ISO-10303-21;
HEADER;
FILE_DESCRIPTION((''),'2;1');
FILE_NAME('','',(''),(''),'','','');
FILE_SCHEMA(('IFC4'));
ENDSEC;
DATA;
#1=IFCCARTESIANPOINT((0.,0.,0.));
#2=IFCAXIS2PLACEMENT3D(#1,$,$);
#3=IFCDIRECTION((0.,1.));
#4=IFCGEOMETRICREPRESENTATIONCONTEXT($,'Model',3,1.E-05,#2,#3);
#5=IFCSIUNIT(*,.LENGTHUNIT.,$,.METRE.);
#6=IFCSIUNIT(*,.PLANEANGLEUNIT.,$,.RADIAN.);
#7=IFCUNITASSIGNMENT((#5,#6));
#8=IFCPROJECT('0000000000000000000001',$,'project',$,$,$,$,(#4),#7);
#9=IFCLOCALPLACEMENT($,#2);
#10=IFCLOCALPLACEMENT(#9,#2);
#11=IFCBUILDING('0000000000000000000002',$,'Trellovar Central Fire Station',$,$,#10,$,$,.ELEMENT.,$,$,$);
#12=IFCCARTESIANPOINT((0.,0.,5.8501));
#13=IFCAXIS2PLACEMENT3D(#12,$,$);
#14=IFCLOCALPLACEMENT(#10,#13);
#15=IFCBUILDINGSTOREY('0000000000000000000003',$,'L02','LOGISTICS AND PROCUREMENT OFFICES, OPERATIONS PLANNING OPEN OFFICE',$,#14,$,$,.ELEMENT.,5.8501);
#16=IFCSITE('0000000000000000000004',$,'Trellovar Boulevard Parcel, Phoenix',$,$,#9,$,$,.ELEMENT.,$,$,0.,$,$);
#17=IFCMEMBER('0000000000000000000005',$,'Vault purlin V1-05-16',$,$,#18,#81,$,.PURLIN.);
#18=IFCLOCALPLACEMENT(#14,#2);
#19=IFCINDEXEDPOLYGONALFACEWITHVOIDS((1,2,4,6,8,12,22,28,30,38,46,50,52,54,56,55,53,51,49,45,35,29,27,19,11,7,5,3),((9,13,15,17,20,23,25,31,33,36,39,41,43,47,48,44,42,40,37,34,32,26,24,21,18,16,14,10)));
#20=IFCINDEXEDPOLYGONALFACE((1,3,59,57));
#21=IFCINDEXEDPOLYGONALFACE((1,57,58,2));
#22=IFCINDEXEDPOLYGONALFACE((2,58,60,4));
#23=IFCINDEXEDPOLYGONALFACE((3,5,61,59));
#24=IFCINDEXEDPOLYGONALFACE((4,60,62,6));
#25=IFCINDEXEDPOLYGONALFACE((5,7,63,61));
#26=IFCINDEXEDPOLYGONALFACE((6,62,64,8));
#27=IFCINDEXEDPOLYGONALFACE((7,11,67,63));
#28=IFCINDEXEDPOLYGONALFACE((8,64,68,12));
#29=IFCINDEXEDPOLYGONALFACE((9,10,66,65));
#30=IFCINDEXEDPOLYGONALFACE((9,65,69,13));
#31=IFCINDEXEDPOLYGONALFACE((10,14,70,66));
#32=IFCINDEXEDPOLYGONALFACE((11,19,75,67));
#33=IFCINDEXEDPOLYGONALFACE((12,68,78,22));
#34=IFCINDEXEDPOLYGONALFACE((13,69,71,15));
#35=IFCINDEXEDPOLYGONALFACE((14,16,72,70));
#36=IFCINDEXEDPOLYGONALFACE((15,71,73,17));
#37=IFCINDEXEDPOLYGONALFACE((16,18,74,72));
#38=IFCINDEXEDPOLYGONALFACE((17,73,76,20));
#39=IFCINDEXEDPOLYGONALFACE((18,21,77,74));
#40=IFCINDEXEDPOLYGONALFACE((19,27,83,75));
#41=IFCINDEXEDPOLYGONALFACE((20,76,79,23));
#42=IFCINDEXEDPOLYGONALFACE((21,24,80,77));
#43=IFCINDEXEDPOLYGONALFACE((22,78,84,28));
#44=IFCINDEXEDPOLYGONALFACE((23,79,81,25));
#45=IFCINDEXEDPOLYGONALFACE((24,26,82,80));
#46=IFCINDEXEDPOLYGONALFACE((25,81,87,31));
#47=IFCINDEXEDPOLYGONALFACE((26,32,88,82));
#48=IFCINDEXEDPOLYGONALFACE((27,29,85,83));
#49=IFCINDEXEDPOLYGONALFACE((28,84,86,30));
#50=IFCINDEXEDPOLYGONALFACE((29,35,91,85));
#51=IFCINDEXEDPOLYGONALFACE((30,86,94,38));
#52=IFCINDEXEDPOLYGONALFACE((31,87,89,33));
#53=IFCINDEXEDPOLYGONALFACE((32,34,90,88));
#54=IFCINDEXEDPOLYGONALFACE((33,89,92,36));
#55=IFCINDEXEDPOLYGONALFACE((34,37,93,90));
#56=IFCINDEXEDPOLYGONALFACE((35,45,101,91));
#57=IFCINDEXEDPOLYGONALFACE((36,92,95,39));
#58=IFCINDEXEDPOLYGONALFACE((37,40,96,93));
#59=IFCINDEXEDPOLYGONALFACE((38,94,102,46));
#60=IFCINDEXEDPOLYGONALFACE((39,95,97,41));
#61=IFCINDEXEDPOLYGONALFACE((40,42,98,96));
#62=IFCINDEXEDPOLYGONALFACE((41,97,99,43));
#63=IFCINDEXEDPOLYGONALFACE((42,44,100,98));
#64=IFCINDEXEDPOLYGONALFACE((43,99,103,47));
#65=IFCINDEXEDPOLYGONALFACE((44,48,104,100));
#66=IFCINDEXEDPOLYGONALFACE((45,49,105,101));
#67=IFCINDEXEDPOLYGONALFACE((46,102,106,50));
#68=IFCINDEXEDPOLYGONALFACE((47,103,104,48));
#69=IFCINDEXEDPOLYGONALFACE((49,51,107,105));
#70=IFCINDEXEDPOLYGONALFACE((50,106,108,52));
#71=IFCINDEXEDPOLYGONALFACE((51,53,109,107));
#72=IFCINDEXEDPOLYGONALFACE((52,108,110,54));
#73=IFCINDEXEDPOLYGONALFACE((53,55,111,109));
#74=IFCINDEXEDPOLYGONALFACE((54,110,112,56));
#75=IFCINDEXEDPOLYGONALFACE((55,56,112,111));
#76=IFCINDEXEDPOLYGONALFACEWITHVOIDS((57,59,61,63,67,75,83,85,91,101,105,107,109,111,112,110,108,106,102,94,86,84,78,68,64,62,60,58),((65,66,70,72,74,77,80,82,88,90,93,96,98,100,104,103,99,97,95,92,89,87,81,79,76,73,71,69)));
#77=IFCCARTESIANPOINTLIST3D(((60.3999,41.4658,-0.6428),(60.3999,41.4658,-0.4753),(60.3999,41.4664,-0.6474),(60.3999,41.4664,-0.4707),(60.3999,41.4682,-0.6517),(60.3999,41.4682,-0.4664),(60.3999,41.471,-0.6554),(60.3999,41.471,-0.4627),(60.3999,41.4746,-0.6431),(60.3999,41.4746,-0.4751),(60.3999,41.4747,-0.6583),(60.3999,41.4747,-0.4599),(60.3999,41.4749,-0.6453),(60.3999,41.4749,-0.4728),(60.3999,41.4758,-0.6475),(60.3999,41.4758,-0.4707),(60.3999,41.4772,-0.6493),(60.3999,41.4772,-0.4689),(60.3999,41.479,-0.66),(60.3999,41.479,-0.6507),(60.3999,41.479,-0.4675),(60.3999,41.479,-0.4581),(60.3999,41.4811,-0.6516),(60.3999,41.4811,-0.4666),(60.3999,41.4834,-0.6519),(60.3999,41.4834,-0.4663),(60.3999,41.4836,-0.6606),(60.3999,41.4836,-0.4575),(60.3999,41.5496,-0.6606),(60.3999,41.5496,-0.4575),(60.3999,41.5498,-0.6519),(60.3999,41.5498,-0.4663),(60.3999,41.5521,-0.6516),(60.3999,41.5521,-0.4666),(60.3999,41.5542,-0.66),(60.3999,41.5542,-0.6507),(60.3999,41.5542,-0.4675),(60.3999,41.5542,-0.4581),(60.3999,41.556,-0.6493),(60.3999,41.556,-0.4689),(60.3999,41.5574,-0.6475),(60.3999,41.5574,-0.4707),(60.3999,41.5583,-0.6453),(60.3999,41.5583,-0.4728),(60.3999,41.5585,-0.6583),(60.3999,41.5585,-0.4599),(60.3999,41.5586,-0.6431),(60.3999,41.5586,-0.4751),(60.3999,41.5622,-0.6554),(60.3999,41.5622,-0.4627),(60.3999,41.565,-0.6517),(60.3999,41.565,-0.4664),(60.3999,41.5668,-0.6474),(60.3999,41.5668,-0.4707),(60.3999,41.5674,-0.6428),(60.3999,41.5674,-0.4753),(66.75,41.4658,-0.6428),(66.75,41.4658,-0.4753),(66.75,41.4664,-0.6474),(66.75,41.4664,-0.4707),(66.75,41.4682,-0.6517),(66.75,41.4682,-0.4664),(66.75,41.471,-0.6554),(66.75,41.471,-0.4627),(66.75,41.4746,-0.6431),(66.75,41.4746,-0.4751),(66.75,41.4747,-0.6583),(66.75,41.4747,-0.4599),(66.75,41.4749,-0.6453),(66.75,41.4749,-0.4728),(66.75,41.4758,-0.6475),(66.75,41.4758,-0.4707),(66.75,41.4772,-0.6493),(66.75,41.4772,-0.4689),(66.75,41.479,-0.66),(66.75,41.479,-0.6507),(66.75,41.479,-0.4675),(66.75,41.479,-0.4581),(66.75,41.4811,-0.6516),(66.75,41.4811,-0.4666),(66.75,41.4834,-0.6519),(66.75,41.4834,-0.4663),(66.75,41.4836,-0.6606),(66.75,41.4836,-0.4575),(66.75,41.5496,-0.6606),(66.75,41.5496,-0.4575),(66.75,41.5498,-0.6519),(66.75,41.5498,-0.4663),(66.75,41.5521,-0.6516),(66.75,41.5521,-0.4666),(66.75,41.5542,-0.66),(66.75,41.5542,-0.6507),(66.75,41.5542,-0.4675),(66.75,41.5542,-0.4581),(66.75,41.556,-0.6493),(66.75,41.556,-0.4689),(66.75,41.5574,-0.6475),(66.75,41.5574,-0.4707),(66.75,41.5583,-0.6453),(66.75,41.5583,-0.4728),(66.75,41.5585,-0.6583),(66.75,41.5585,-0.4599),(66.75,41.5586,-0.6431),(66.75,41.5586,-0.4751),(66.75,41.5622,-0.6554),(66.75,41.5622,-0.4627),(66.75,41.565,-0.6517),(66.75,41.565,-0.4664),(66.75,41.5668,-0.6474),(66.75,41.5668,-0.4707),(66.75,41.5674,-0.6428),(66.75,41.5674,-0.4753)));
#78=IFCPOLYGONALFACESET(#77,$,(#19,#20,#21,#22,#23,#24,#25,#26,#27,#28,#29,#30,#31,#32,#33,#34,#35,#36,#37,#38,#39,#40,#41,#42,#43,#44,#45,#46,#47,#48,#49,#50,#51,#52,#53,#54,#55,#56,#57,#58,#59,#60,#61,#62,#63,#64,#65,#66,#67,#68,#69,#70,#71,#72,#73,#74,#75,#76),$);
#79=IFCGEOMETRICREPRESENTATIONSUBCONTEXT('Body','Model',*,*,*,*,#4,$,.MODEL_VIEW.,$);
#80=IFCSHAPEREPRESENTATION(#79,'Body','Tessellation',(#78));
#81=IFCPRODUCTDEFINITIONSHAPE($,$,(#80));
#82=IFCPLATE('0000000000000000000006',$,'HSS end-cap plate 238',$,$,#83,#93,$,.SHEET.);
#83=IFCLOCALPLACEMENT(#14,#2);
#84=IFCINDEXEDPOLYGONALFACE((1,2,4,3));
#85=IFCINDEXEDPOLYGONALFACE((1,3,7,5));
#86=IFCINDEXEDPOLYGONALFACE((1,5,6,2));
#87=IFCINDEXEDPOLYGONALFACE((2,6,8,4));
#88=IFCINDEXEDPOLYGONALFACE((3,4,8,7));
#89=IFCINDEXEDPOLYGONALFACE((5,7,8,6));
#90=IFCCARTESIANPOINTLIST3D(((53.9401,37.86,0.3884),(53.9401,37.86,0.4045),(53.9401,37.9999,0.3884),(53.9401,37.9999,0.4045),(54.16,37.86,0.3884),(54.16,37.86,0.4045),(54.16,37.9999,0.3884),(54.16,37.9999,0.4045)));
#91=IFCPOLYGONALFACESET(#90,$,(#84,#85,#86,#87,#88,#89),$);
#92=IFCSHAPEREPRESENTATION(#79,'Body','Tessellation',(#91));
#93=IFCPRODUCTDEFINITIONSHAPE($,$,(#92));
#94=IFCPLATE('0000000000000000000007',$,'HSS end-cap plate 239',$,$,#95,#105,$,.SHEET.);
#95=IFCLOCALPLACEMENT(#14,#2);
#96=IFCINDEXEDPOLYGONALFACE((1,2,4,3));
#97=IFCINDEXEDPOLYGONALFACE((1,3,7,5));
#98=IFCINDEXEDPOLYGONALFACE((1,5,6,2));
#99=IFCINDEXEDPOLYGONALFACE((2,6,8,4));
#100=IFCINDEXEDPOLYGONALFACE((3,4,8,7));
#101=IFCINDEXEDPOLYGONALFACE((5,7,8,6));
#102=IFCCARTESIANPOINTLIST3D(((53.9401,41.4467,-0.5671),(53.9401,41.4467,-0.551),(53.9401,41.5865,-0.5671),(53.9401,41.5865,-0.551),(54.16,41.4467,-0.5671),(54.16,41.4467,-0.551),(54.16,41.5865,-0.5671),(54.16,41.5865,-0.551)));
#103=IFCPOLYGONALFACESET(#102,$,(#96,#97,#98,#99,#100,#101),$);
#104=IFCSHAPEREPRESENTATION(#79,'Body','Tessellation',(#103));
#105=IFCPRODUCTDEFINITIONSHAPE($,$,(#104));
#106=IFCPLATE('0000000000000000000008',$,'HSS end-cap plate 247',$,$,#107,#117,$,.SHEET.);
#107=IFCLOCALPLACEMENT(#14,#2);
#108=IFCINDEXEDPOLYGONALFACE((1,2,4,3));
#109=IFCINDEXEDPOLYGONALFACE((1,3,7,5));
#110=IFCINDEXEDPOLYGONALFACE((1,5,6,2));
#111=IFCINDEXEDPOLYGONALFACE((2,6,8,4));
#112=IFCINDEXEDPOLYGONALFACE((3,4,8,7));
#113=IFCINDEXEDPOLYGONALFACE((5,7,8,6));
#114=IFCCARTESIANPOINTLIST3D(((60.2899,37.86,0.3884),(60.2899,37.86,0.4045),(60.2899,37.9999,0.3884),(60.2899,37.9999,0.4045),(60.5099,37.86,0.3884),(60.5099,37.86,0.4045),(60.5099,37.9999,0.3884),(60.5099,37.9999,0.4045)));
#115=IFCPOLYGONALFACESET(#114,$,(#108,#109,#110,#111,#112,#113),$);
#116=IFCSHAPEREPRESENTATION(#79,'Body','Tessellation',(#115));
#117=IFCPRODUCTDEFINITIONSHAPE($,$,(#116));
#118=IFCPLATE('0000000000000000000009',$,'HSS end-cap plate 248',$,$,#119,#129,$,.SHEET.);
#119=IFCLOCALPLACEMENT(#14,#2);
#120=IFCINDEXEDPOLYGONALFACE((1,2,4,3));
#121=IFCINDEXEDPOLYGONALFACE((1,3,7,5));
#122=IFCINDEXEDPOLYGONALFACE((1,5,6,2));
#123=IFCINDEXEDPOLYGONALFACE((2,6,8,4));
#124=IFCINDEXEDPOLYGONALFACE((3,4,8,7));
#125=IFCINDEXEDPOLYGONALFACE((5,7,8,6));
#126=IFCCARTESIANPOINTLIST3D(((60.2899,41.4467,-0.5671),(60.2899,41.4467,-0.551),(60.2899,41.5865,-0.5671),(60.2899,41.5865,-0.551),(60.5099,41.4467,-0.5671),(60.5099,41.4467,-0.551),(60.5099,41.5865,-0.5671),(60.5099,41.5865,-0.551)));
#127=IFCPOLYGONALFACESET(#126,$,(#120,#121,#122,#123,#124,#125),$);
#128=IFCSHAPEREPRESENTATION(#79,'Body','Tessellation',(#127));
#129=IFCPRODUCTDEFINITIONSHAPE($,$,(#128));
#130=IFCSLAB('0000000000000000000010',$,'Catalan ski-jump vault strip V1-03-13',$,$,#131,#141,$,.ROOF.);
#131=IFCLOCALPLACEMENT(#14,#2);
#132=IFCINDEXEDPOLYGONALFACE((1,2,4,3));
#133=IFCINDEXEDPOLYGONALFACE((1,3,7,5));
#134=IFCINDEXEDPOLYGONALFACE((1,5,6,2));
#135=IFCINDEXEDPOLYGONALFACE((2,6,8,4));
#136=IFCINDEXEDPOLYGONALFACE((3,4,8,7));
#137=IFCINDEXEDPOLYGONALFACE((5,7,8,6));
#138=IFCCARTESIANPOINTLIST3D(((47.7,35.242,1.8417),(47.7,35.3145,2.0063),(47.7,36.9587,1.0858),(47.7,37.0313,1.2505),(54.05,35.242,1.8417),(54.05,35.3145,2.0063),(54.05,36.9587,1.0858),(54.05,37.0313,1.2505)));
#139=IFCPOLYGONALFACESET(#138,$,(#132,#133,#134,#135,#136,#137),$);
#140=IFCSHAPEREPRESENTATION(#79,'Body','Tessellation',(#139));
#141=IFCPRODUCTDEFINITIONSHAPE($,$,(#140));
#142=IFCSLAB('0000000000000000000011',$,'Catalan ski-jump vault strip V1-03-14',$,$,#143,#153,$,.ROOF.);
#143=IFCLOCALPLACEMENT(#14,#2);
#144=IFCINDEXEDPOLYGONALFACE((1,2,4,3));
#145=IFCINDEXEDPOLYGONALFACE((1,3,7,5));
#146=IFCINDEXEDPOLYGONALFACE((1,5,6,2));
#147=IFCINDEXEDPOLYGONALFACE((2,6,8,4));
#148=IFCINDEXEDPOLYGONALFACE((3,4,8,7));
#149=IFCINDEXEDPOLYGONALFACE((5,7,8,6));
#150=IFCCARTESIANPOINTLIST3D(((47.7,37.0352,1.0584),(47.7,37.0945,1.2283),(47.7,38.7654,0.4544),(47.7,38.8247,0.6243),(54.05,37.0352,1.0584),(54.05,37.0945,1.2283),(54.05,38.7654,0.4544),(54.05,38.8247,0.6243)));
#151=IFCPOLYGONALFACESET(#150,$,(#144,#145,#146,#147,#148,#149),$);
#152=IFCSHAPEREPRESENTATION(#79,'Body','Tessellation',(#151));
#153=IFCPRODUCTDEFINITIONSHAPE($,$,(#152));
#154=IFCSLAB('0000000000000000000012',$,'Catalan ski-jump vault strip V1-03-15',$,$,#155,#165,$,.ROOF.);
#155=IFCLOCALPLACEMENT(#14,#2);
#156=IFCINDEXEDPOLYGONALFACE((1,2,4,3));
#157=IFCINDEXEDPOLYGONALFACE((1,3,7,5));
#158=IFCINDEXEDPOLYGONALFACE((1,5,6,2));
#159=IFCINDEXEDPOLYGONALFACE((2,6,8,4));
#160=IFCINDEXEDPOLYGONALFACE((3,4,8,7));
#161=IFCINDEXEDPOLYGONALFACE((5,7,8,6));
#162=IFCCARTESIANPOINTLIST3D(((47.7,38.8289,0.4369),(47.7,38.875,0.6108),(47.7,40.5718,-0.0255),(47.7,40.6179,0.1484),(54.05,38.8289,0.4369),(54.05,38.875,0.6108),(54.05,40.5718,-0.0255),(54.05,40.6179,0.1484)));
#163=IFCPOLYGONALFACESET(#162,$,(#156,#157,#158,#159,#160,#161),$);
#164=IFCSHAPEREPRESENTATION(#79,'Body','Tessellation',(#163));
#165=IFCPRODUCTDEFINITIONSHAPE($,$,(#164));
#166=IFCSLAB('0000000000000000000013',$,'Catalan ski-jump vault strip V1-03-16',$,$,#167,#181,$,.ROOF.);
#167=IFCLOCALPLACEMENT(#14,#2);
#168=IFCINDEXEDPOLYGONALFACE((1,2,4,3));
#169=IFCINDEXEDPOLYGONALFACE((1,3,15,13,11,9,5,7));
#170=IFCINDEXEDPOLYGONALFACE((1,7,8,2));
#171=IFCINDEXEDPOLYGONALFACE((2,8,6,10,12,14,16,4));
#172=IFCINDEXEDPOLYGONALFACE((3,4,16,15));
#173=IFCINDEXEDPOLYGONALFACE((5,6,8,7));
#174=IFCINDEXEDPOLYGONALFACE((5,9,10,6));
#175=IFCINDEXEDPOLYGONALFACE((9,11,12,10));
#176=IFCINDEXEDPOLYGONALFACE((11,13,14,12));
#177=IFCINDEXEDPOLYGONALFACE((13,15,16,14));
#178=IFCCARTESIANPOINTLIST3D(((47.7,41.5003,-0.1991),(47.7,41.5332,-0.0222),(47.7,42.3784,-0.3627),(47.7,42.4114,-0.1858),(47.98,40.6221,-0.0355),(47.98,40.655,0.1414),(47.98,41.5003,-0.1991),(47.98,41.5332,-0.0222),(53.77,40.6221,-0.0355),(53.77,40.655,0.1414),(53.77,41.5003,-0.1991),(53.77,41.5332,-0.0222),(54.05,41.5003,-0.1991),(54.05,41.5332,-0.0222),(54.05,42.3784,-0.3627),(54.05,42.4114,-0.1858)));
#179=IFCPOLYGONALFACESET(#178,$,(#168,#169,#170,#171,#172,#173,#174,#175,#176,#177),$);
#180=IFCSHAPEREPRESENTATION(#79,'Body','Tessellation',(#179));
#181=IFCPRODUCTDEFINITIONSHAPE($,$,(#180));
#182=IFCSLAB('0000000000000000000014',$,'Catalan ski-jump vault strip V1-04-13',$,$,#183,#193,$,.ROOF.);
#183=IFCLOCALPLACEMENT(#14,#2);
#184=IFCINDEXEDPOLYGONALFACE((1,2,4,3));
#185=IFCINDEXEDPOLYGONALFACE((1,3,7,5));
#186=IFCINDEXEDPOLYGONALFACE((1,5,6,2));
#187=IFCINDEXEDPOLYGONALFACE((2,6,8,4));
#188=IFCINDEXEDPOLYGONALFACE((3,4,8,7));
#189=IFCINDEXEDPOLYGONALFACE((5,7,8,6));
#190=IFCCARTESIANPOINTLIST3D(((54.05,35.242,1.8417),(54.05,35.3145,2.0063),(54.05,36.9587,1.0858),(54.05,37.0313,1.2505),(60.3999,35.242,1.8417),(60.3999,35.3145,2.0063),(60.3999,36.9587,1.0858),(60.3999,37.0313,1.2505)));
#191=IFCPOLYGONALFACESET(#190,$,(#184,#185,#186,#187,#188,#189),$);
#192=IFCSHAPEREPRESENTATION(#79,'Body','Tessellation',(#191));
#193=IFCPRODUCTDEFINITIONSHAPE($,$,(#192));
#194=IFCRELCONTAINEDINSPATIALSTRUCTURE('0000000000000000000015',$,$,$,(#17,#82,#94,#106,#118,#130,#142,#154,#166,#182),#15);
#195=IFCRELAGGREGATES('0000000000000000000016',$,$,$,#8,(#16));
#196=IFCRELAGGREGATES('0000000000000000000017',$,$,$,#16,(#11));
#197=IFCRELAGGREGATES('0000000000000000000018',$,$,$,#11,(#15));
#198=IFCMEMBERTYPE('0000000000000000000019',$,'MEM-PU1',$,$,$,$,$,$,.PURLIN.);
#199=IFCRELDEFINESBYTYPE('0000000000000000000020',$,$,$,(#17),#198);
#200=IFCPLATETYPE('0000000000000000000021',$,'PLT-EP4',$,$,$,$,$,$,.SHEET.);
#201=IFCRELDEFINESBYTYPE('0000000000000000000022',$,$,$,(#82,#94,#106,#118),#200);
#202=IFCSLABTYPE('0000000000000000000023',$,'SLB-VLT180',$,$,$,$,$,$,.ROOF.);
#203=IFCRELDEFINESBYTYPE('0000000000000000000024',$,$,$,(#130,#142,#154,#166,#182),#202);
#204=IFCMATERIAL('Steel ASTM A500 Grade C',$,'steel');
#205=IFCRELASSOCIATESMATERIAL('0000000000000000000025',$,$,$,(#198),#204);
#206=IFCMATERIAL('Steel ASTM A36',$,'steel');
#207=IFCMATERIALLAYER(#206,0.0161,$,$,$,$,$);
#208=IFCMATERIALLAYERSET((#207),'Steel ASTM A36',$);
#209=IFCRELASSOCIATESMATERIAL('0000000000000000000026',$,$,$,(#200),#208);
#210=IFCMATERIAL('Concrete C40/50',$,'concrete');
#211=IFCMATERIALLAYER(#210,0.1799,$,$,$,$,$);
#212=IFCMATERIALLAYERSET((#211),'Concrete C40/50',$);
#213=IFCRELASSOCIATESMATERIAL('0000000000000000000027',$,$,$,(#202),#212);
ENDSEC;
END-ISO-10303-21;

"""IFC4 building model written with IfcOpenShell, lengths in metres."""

from ifc_helpers import new_model, si_unit, direction, frame, origin, origin_2d, place, context, subcontext, project, spatial, polyline, rectangle, hollow_rectangle, outline, extrude, material, layer, layer_set, material_profile, profile_set, type_object, element, save


model = new_model("IFC4")

# Units and contexts
model_context = context("Model", 3, precision=1e-05, world=origin(), true_north=direction((0.0, 1.0)))
body_context = subcontext(model_context, "Body", "Model", "MODEL_VIEW")
ifc_project = project(units=[si_unit("LENGTHUNIT", "METRE"), si_unit("PLANEANGLEUNIT", "RADIAN")], contexts=[model_context])

# Site, building, storey
site_placement = place(None, origin())
site = spatial("IfcSite", under=ifc_project, at=site_placement, Name="Trellovar Boulevard Parcel, Phoenix", CompositionType="ELEMENT", RefElevation=0.0)
building_placement = place(site_placement, origin())
building = spatial("IfcBuilding", under=site, at=building_placement, Name="Trellovar Central Fire Station", CompositionType="ELEMENT")
storey_placement = place(building_placement, frame((0.0, 0.0, 5.8501)))
storey = spatial("IfcBuildingStorey", under=building, at=storey_placement, Name="L02", Description="LOGISTICS AND PROCUREMENT OFFICES, OPERATIONS PLANNING OPEN OFFICE", CompositionType="ELEMENT", Elevation=5.8501)

# Member
ifc_material_1 = material(Name="Steel ASTM A500 Grade C", Category="steel")
ifc_material_profile_1 = material_profile(ifc_material_1, hollow_rectangle(XDim=0.1016, YDim=0.2031, WallThickness=0.0088, InnerFilletRadius=0.0088, OuterFilletRadius=0.0178, at=origin_2d()), Name="HSS8X4X3/8")
ifc_profile_set_1 = profile_set([ifc_material_profile_1], Name="Steel ASTM A500 Grade C")
member_type_1 = type_object("IfcMemberType", Name="MEM-PU1", PredefinedType="PURLIN", material=ifc_profile_set_1)
for number, where, z_axis, x_axis, name in (
    (1, (60.3999, 41.5166, -0.5591), (1.0, 0.0, 0.0), (0.0, 1.0, 0.0), "Vault purlin V1-05-16"),
):
    element("IfcMember", number, at=place(storey_placement, frame(where, z_axis=z_axis, x_axis=x_axis)), inside=storey, type_object=member_type_1, Name=name, PredefinedType="PURLIN", context=body_context, shape_type="SweptSolid", body=[
        extrude(hollow_rectangle(XDim=0.1016, YDim=0.2031, WallThickness=0.0088, InnerFilletRadius=0.0088, OuterFilletRadius=0.0178, at=origin_2d()), origin(), (0.0, 0.0, 1.0), 6.3501),
    ])

# Plates
ifc_material_2 = material(Name="Steel ASTM A36", Category="steel")
ifc_layer_1 = layer(ifc_material_2, 0.0161)
ifc_layer_set_1 = layer_set([ifc_layer_1], Name="Steel ASTM A36")
plate_type = type_object("IfcPlateType", Name="PLT-EP4", PredefinedType="SHEET", material=ifc_layer_set_1)
for number, where, z_axis, x_axis, name in (
    (2, (54.05, 37.9299, 0.3884), (0.0, 0.0, 1.0), (1.0, 0.0, 0.0), "HSS end-cap plate 238"),
    (3, (54.05, 41.5166, -0.5671), (0.0, 0.0, 1.0), (1.0, 0.0, 0.0), "HSS end-cap plate 239"),
    (4, (60.3999, 37.9299, 0.3884), (0.0, 0.0, 1.0), (1.0, 0.0, 0.0), "HSS end-cap plate 247"),
    (5, (60.3999, 41.5166, -0.5671), (0.0, 0.0, 1.0), (1.0, 0.0, 0.0), "HSS end-cap plate 248"),
):
    element("IfcPlate", number, at=place(storey_placement, frame(where, z_axis=z_axis, x_axis=x_axis)), inside=storey, type_object=plate_type, Name=name, PredefinedType="SHEET", context=body_context, shape_type="SweptSolid", body=[
        extrude(rectangle(XDim=0.22, YDim=0.1399, at=origin_2d()), origin(), (0.0, 0.0, 1.0), 0.0161),
    ])

# Slabs
ifc_material_3 = material(Name="Concrete C40/50", Category="concrete")
ifc_layer_2 = layer(ifc_material_3, 0.1799)
ifc_layer_set_2 = layer_set([ifc_layer_2], Name="Concrete C40/50")
slab_type = type_object("IfcSlabType", Name="SLB-VLT180", PredefinedType="ROOF", material=ifc_layer_set_2)
slab_1_placement = place(storey_placement, frame((47.7, 35.3145, 2.0063), z_axis=(0.0, 0.402948, 0.915223), x_axis=(1.0, 0.0, 0.0)))
element("IfcSlab", 6, at=slab_1_placement, inside=storey, type_object=slab_type, Name="Catalan ski-jump vault strip V1-03-13", PredefinedType="ROOF", context=body_context, shape_type="SweptSolid", body=[
    extrude(outline(polyline([(0.0, 0.0), (6.3501, 0.0), (6.3501, 1.8758), (0.0, 1.8758), (0.0, 0.0)])), origin(), (0.0, 0.0, -1.0), 0.1799),
])
slab_2_placement = place(storey_placement, frame((47.7, 37.0945, 1.2283), z_axis=(0.0, 0.329585, 0.944126), x_axis=(1.0, 0.0, 0.0)))
element("IfcSlab", 7, at=slab_2_placement, inside=storey, type_object=slab_type, Name="Catalan ski-jump vault strip V1-03-14", PredefinedType="ROOF", context=body_context, shape_type="SweptSolid", body=[
    extrude(outline(polyline([(0.0, 0.0), (6.3501, 0.0), (6.3501, 1.8326), (0.0, 1.8326), (0.0, 0.0)])), origin(), (0.0, 0.0, -1.0), 0.1799),
])
slab_3_placement = place(storey_placement, frame((47.7, 38.875, 0.6108), z_axis=(0.0, 0.256432, 0.966562), x_axis=(1.0, 0.0, 0.0)))
element("IfcSlab", 8, at=slab_3_placement, inside=storey, type_object=slab_type, Name="Catalan ski-jump vault strip V1-03-15", PredefinedType="ROOF", context=body_context, shape_type="SweptSolid", body=[
    extrude(outline(polyline([(0.0, 0.0), (6.3501, 0.0), (6.3501, 1.8032), (0.0, 1.8032), (0.0, 0.0)])), origin(), (0.0, 0.0, -1.0), 0.1799),
])
slab_4_placement = place(storey_placement, frame((47.98, 40.655, 0.1414), z_axis=(0.0, 0.183117, 0.983091), x_axis=(1.0, 0.0, 0.0)))
element("IfcSlab", 9, at=slab_4_placement, inside=storey, type_object=slab_type, Name="Catalan ski-jump vault strip V1-03-16", PredefinedType="ROOF", context=body_context, shape_type="SweptSolid", body=[
    extrude(outline(polyline([(0.0, 0.0), (5.79, 0.0), (5.79, 0.8933), (6.0701, 0.8933), (6.0701, 1.7866), (-0.28, 1.7866), (-0.28, 0.8933), (0.0, 0.8933), (0.0, 0.0)])), origin(), (0.0, 0.0, -1.0), 0.1799),
])
slab_5_placement = place(storey_placement, frame((54.05, 35.3145, 2.0063), z_axis=(0.0, 0.402948, 0.915223), x_axis=(1.0, 0.0, 0.0)))
element("IfcSlab", 10, at=slab_5_placement, inside=storey, type_object=slab_type, Name="Catalan ski-jump vault strip V1-04-13", PredefinedType="ROOF", context=body_context, shape_type="SweptSolid", body=[
    extrude(outline(polyline([(0.0, 0.0), (6.3499, 0.0), (6.3499, 1.8758), (0.0, 1.8758), (0.0, 0.0)])), origin(), (0.0, 0.0, -1.0), 0.1799),
])

save(model, "model.ifc")
